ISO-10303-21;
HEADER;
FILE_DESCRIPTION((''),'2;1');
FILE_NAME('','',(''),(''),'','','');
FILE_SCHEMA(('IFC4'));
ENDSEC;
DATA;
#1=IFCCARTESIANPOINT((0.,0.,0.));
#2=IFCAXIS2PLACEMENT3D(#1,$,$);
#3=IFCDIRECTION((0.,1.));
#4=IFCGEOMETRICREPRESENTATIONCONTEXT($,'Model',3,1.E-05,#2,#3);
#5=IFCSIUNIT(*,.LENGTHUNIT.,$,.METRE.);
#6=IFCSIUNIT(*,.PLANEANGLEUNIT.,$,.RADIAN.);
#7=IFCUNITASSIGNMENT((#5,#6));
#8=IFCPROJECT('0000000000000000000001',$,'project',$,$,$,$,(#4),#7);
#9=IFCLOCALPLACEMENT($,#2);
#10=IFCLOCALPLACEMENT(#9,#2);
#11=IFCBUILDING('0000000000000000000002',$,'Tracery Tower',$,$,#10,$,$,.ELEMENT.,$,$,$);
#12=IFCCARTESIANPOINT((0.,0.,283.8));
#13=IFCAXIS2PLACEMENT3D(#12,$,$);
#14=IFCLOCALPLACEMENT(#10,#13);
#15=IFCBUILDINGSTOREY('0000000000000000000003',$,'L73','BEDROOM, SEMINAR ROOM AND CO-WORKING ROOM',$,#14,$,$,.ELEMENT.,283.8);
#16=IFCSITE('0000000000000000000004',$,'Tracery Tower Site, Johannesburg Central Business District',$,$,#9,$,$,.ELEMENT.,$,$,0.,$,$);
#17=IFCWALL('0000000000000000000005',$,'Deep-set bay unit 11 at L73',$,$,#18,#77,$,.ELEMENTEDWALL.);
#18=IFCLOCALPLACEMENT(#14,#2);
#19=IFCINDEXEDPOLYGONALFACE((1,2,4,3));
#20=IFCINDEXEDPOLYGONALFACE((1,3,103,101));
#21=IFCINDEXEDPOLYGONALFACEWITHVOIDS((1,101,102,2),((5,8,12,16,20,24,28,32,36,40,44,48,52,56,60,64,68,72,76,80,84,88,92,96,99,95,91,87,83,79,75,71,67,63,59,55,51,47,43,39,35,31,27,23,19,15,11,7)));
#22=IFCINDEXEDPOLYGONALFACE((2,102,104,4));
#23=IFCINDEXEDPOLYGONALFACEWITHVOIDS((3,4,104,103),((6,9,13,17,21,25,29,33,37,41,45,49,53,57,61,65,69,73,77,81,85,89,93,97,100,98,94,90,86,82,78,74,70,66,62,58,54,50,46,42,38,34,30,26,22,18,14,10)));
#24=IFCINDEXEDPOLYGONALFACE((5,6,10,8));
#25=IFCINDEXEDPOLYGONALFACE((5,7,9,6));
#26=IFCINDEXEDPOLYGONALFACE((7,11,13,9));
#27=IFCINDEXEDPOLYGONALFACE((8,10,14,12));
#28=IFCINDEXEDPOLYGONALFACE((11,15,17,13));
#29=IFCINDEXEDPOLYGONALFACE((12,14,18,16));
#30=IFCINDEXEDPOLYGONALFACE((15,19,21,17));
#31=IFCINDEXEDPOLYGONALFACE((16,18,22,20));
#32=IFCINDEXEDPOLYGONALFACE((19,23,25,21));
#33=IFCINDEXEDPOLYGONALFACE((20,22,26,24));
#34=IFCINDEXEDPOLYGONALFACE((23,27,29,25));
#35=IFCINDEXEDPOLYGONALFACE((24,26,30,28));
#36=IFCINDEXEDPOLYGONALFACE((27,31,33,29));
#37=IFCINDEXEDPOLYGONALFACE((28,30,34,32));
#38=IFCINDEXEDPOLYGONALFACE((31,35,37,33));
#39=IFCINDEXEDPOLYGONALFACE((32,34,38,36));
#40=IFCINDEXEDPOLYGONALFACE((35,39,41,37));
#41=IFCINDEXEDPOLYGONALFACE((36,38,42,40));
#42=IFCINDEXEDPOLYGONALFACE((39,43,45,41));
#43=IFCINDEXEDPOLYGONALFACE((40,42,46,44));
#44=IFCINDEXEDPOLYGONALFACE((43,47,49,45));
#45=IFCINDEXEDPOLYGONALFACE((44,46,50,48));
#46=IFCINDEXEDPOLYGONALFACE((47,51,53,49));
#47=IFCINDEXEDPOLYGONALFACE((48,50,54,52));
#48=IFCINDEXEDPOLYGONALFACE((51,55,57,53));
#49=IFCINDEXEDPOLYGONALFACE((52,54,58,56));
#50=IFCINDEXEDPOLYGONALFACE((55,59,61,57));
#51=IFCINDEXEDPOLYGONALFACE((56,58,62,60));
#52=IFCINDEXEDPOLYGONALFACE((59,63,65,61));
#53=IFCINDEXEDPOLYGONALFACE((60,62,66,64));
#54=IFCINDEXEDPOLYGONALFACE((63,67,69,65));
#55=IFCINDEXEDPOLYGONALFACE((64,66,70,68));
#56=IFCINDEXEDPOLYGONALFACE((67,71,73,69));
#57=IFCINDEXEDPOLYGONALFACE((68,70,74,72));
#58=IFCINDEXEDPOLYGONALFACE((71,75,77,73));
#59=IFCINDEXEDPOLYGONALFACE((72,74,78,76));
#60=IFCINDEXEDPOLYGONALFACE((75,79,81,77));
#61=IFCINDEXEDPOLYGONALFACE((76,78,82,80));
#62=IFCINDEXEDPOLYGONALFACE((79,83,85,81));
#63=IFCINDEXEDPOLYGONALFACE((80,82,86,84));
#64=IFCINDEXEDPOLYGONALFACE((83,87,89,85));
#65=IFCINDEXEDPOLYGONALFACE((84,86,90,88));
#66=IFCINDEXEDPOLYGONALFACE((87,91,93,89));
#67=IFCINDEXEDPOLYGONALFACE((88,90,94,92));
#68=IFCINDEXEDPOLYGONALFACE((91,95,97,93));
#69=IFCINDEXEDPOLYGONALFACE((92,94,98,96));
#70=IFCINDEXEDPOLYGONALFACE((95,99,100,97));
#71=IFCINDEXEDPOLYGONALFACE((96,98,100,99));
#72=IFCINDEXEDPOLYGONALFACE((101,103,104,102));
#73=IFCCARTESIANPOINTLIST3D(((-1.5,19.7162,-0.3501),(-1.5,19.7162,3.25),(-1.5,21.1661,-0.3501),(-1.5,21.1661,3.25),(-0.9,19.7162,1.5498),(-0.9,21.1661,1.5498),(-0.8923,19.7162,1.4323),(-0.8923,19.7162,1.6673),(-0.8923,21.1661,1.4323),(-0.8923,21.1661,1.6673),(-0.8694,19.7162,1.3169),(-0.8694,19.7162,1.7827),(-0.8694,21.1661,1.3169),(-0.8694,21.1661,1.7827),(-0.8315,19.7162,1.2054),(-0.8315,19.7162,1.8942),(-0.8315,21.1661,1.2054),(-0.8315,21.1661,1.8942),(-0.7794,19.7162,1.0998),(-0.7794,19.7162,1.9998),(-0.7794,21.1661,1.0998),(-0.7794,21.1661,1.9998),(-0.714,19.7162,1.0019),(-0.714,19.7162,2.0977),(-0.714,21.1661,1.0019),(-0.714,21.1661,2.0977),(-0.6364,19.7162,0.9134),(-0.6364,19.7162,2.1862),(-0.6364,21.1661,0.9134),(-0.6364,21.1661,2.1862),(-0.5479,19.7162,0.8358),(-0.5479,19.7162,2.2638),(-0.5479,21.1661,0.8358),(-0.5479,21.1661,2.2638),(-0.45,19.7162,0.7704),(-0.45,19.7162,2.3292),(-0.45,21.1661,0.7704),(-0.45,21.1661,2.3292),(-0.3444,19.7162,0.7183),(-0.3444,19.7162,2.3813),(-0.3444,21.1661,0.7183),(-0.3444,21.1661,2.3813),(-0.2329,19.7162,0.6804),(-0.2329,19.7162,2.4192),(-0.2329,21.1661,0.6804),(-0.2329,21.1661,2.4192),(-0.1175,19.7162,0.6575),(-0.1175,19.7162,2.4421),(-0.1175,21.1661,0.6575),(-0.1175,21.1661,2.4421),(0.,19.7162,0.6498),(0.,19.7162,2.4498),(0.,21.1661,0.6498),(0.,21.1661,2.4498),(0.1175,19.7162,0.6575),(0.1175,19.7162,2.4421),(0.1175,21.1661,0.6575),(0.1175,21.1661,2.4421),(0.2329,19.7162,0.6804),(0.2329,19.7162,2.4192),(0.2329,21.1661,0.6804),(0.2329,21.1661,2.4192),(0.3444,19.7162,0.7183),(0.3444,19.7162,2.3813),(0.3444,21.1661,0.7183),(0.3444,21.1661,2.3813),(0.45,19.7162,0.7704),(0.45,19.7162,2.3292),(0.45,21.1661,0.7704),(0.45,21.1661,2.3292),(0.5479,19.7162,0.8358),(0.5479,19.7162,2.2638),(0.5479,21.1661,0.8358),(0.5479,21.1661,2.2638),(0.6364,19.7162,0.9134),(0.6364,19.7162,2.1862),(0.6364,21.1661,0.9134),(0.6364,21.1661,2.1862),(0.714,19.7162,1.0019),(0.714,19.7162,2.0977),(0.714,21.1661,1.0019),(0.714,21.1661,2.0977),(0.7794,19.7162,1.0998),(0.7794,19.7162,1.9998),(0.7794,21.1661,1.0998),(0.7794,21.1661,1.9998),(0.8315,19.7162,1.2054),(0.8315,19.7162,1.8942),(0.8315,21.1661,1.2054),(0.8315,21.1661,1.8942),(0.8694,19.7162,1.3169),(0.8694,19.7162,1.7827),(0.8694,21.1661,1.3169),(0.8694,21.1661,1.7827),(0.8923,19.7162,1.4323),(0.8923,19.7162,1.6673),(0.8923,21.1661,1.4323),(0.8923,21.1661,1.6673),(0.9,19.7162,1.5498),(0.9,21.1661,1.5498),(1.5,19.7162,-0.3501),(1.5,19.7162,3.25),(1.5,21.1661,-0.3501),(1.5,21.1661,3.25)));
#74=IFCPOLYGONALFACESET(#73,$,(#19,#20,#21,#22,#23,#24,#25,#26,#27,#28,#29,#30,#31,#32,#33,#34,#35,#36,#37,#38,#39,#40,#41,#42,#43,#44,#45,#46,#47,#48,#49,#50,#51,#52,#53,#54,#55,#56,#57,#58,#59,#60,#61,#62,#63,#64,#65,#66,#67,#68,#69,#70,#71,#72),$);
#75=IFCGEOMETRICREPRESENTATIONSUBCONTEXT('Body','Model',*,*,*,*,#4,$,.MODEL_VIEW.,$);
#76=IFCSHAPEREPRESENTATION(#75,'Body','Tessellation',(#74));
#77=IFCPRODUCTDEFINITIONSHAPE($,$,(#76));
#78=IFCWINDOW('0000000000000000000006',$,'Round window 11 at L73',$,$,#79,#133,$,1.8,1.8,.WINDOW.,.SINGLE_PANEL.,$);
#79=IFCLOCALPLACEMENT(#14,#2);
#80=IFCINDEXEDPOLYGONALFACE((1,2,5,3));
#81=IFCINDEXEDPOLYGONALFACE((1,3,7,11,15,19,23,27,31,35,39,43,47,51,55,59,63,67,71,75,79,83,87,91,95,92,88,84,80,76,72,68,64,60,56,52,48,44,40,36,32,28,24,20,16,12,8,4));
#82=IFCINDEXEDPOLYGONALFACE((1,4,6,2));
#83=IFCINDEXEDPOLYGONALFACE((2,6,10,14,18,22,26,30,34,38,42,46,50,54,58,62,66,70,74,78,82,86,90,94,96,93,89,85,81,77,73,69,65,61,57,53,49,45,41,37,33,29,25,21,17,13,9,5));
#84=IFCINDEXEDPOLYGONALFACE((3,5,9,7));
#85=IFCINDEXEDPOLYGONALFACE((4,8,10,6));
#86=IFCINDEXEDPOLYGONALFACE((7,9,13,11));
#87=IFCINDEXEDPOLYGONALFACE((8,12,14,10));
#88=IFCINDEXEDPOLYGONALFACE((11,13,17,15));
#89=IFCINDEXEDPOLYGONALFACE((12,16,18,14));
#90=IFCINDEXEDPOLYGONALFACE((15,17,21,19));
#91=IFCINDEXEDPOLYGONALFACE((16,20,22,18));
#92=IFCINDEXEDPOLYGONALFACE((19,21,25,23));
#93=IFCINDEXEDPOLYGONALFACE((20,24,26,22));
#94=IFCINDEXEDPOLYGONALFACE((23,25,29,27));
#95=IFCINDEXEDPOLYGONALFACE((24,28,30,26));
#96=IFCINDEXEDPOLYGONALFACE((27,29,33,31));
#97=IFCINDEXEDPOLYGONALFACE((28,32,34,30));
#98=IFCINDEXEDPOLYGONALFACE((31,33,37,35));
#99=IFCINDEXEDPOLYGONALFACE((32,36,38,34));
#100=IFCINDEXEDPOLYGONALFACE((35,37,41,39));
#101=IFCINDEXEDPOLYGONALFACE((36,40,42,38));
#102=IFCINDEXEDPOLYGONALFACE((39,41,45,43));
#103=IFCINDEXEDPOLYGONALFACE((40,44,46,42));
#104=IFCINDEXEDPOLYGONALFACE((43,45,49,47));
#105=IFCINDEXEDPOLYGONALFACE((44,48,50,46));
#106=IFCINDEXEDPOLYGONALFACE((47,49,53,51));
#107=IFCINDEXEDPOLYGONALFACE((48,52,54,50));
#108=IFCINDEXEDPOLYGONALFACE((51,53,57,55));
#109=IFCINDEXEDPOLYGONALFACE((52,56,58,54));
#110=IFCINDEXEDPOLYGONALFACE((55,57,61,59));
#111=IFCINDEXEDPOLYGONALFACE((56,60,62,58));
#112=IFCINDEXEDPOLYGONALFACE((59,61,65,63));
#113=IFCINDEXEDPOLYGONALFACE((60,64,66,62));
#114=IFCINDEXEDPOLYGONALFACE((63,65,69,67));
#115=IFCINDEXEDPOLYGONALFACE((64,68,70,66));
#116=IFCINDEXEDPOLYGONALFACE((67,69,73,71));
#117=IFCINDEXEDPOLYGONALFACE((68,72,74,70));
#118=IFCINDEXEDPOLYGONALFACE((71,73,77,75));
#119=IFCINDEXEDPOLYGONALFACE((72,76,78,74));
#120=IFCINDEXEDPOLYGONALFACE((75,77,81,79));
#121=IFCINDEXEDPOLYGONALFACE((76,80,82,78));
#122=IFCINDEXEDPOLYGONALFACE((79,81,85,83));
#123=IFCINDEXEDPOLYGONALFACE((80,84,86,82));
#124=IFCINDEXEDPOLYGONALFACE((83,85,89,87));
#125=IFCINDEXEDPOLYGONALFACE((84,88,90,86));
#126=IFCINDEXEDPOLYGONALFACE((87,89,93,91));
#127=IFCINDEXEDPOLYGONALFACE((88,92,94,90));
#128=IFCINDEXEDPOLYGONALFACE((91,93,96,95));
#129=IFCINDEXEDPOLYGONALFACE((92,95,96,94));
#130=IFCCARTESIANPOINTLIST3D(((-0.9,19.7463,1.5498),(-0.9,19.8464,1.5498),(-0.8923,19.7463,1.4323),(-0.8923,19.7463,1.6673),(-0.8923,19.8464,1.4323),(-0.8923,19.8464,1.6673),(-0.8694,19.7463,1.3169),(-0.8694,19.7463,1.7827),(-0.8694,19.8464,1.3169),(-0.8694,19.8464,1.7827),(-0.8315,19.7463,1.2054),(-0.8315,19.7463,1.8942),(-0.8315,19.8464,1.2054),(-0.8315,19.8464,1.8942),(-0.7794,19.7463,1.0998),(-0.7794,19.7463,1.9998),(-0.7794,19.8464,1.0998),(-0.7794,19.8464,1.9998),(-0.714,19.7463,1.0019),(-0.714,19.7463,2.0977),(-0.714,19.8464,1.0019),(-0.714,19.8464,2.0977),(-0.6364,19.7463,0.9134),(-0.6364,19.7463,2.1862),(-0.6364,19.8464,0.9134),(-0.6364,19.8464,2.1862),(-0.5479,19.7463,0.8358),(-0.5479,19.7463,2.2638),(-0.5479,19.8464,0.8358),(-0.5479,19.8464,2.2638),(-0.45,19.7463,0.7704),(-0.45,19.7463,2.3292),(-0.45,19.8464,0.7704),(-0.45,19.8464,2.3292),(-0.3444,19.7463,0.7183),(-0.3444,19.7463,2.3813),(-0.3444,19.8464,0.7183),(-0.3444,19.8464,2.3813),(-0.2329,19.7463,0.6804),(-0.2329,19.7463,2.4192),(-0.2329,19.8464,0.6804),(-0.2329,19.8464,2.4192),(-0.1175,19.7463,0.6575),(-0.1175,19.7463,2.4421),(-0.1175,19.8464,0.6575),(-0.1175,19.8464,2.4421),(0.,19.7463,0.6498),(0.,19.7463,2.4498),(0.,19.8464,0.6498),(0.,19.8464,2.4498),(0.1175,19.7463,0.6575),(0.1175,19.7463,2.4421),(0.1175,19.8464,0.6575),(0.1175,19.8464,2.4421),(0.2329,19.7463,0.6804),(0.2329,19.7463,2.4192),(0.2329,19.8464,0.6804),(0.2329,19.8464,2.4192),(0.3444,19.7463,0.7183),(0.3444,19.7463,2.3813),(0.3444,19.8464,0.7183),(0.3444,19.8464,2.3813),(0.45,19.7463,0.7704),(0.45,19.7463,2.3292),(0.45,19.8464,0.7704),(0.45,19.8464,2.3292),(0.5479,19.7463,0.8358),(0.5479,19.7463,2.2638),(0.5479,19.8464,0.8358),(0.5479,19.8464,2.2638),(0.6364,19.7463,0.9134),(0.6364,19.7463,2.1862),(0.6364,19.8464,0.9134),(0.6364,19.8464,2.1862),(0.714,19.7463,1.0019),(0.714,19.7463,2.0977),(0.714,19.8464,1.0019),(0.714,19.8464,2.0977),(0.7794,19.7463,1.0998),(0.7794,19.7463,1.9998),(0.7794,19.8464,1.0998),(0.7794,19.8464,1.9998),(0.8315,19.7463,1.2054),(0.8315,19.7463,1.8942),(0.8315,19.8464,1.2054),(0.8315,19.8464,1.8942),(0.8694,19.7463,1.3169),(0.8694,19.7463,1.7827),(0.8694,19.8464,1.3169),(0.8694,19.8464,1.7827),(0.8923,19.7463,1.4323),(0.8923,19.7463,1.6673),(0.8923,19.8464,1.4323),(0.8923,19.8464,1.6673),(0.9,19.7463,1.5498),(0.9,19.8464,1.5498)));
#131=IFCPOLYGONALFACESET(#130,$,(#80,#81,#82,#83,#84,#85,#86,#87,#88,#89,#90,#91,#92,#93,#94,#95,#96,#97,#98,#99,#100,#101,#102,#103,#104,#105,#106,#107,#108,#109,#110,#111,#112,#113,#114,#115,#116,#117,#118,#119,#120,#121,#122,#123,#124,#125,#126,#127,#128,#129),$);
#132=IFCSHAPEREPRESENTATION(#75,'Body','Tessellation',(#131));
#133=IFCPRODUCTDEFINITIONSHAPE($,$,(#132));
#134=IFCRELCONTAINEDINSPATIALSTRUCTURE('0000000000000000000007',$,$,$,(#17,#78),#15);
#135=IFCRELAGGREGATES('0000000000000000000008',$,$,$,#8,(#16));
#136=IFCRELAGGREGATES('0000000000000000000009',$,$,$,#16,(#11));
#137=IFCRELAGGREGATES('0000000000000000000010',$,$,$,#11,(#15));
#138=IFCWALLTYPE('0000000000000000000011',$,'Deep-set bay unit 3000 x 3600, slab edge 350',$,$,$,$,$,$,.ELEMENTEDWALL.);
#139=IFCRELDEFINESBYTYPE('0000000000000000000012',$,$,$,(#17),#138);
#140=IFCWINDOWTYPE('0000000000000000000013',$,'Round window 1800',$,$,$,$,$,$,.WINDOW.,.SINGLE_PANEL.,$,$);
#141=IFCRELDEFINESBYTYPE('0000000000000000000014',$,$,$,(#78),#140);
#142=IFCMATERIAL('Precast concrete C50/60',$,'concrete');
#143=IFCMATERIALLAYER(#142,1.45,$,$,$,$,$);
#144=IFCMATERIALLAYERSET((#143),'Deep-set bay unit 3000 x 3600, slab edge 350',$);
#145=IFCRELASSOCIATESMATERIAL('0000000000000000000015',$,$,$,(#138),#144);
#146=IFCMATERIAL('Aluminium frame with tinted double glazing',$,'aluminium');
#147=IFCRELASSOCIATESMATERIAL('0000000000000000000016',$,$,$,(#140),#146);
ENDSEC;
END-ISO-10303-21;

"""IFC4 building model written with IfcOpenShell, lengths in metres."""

from ifc_helpers import new_model, si_unit, direction, frame, frame_2d, origin, origin_2d, place, context, subcontext, project, spatial, rectangle, circle, extrude, material, layer, layer_set, type_object, element, fill, save


model = new_model("IFC4")

# Units and contexts
model_context = context("Model", 3, precision=1e-05, world=origin(), true_north=direction((0.0, 1.0)))
body_context = subcontext(model_context, "Body", "Model", "MODEL_VIEW")
ifc_project = project(units=[si_unit("LENGTHUNIT", "METRE"), si_unit("PLANEANGLEUNIT", "RADIAN")], contexts=[model_context])

# Site, building, storey
site_placement = place(None, origin())
site = spatial("IfcSite", under=ifc_project, at=site_placement, Name="Tracery Tower Site, Johannesburg Central Business District", CompositionType="ELEMENT", RefElevation=0.0)
building_placement = place(site_placement, origin())
building = spatial("IfcBuilding", under=site, at=building_placement, Name="Tracery Tower", CompositionType="ELEMENT")
storey_placement = place(building_placement, frame((0.0, 0.0, 283.8)))
storey = spatial("IfcBuildingStorey", under=building, at=storey_placement, Name="L73", Description="BEDROOM, SEMINAR ROOM AND CO-WORKING ROOM", CompositionType="ELEMENT", Elevation=283.8)

# Wall, opening, window
ifc_material_1 = material(Name="Precast concrete C50/60", Category="concrete")
ifc_layer_1 = layer(ifc_material_1, 1.45)
ifc_layer_set_1 = layer_set([ifc_layer_1], Name="Deep-set bay unit 3000 x 3600, slab edge 350")
wall_type_1 = type_object("IfcWallType", Name="Deep-set bay unit 3000 x 3600, slab edge 350", PredefinedType="ELEMENTEDWALL", material=ifc_layer_set_1)
wall_1_placement = place(storey_placement, frame((1.5, 20.4412, -0.3501), z_axis=(0.0, 0.0, 1.0), x_axis=(-1.0, 0.0, 0.0)))
wall_1 = element("IfcWall", 1, at=wall_1_placement, inside=storey, type_object=wall_type_1, Name="Deep-set bay unit 11 at L73", PredefinedType="ELEMENTEDWALL", context=body_context, shape_type="SweptSolid", body=[
    extrude(rectangle(XDim=3.0, YDim=1.45, at=frame_2d((1.5, 0.0))), origin(), (0.0, 0.0, 1.0), 3.6001),
])
opening_1_placement = place(wall_1_placement, frame((1.5, 0.0, 1.8999)))
opening_1 = element("IfcOpeningElement", 2, at=opening_1_placement, cuts=wall_1, PredefinedType="OPENING", context=body_context, shape_type="SweptSolid", body=[
    extrude(circle(Radius=0.9, at=origin_2d()), frame((0.0, 0.7349, 0.0), z_axis=(0.0, -1.0, 0.0), x_axis=(1.0, 0.0, 0.0)), (0.0, 0.0, 1.0), 1.47),
])
ifc_material_2 = material(Name="Aluminium frame with tinted double glazing", Category="aluminium")
window_type = type_object("IfcWindowType", Name="Round window 1800", PartitioningType="SINGLE_PANEL", PredefinedType="WINDOW", material=ifc_material_2)
window_1_placement = place(opening_1_placement, origin())
window_1 = element("IfcWindow", 3, at=window_1_placement, inside=storey, type_object=window_type, Name="Round window 11 at L73", OverallHeight=1.8, OverallWidth=1.8, PartitioningType="SINGLE_PANEL", PredefinedType="WINDOW", context=body_context, shape_type="SweptSolid", body=[
    extrude(circle(Radius=0.9, at=origin_2d()), frame((0.0, 0.6948, 0.0), z_axis=(0.0, -1.0, 0.0), x_axis=(1.0, 0.0, 0.0)), (0.0, 0.0, 1.0), 0.1001),
])
fill(opening_1, window_1)

save(model, "model.ifc")
